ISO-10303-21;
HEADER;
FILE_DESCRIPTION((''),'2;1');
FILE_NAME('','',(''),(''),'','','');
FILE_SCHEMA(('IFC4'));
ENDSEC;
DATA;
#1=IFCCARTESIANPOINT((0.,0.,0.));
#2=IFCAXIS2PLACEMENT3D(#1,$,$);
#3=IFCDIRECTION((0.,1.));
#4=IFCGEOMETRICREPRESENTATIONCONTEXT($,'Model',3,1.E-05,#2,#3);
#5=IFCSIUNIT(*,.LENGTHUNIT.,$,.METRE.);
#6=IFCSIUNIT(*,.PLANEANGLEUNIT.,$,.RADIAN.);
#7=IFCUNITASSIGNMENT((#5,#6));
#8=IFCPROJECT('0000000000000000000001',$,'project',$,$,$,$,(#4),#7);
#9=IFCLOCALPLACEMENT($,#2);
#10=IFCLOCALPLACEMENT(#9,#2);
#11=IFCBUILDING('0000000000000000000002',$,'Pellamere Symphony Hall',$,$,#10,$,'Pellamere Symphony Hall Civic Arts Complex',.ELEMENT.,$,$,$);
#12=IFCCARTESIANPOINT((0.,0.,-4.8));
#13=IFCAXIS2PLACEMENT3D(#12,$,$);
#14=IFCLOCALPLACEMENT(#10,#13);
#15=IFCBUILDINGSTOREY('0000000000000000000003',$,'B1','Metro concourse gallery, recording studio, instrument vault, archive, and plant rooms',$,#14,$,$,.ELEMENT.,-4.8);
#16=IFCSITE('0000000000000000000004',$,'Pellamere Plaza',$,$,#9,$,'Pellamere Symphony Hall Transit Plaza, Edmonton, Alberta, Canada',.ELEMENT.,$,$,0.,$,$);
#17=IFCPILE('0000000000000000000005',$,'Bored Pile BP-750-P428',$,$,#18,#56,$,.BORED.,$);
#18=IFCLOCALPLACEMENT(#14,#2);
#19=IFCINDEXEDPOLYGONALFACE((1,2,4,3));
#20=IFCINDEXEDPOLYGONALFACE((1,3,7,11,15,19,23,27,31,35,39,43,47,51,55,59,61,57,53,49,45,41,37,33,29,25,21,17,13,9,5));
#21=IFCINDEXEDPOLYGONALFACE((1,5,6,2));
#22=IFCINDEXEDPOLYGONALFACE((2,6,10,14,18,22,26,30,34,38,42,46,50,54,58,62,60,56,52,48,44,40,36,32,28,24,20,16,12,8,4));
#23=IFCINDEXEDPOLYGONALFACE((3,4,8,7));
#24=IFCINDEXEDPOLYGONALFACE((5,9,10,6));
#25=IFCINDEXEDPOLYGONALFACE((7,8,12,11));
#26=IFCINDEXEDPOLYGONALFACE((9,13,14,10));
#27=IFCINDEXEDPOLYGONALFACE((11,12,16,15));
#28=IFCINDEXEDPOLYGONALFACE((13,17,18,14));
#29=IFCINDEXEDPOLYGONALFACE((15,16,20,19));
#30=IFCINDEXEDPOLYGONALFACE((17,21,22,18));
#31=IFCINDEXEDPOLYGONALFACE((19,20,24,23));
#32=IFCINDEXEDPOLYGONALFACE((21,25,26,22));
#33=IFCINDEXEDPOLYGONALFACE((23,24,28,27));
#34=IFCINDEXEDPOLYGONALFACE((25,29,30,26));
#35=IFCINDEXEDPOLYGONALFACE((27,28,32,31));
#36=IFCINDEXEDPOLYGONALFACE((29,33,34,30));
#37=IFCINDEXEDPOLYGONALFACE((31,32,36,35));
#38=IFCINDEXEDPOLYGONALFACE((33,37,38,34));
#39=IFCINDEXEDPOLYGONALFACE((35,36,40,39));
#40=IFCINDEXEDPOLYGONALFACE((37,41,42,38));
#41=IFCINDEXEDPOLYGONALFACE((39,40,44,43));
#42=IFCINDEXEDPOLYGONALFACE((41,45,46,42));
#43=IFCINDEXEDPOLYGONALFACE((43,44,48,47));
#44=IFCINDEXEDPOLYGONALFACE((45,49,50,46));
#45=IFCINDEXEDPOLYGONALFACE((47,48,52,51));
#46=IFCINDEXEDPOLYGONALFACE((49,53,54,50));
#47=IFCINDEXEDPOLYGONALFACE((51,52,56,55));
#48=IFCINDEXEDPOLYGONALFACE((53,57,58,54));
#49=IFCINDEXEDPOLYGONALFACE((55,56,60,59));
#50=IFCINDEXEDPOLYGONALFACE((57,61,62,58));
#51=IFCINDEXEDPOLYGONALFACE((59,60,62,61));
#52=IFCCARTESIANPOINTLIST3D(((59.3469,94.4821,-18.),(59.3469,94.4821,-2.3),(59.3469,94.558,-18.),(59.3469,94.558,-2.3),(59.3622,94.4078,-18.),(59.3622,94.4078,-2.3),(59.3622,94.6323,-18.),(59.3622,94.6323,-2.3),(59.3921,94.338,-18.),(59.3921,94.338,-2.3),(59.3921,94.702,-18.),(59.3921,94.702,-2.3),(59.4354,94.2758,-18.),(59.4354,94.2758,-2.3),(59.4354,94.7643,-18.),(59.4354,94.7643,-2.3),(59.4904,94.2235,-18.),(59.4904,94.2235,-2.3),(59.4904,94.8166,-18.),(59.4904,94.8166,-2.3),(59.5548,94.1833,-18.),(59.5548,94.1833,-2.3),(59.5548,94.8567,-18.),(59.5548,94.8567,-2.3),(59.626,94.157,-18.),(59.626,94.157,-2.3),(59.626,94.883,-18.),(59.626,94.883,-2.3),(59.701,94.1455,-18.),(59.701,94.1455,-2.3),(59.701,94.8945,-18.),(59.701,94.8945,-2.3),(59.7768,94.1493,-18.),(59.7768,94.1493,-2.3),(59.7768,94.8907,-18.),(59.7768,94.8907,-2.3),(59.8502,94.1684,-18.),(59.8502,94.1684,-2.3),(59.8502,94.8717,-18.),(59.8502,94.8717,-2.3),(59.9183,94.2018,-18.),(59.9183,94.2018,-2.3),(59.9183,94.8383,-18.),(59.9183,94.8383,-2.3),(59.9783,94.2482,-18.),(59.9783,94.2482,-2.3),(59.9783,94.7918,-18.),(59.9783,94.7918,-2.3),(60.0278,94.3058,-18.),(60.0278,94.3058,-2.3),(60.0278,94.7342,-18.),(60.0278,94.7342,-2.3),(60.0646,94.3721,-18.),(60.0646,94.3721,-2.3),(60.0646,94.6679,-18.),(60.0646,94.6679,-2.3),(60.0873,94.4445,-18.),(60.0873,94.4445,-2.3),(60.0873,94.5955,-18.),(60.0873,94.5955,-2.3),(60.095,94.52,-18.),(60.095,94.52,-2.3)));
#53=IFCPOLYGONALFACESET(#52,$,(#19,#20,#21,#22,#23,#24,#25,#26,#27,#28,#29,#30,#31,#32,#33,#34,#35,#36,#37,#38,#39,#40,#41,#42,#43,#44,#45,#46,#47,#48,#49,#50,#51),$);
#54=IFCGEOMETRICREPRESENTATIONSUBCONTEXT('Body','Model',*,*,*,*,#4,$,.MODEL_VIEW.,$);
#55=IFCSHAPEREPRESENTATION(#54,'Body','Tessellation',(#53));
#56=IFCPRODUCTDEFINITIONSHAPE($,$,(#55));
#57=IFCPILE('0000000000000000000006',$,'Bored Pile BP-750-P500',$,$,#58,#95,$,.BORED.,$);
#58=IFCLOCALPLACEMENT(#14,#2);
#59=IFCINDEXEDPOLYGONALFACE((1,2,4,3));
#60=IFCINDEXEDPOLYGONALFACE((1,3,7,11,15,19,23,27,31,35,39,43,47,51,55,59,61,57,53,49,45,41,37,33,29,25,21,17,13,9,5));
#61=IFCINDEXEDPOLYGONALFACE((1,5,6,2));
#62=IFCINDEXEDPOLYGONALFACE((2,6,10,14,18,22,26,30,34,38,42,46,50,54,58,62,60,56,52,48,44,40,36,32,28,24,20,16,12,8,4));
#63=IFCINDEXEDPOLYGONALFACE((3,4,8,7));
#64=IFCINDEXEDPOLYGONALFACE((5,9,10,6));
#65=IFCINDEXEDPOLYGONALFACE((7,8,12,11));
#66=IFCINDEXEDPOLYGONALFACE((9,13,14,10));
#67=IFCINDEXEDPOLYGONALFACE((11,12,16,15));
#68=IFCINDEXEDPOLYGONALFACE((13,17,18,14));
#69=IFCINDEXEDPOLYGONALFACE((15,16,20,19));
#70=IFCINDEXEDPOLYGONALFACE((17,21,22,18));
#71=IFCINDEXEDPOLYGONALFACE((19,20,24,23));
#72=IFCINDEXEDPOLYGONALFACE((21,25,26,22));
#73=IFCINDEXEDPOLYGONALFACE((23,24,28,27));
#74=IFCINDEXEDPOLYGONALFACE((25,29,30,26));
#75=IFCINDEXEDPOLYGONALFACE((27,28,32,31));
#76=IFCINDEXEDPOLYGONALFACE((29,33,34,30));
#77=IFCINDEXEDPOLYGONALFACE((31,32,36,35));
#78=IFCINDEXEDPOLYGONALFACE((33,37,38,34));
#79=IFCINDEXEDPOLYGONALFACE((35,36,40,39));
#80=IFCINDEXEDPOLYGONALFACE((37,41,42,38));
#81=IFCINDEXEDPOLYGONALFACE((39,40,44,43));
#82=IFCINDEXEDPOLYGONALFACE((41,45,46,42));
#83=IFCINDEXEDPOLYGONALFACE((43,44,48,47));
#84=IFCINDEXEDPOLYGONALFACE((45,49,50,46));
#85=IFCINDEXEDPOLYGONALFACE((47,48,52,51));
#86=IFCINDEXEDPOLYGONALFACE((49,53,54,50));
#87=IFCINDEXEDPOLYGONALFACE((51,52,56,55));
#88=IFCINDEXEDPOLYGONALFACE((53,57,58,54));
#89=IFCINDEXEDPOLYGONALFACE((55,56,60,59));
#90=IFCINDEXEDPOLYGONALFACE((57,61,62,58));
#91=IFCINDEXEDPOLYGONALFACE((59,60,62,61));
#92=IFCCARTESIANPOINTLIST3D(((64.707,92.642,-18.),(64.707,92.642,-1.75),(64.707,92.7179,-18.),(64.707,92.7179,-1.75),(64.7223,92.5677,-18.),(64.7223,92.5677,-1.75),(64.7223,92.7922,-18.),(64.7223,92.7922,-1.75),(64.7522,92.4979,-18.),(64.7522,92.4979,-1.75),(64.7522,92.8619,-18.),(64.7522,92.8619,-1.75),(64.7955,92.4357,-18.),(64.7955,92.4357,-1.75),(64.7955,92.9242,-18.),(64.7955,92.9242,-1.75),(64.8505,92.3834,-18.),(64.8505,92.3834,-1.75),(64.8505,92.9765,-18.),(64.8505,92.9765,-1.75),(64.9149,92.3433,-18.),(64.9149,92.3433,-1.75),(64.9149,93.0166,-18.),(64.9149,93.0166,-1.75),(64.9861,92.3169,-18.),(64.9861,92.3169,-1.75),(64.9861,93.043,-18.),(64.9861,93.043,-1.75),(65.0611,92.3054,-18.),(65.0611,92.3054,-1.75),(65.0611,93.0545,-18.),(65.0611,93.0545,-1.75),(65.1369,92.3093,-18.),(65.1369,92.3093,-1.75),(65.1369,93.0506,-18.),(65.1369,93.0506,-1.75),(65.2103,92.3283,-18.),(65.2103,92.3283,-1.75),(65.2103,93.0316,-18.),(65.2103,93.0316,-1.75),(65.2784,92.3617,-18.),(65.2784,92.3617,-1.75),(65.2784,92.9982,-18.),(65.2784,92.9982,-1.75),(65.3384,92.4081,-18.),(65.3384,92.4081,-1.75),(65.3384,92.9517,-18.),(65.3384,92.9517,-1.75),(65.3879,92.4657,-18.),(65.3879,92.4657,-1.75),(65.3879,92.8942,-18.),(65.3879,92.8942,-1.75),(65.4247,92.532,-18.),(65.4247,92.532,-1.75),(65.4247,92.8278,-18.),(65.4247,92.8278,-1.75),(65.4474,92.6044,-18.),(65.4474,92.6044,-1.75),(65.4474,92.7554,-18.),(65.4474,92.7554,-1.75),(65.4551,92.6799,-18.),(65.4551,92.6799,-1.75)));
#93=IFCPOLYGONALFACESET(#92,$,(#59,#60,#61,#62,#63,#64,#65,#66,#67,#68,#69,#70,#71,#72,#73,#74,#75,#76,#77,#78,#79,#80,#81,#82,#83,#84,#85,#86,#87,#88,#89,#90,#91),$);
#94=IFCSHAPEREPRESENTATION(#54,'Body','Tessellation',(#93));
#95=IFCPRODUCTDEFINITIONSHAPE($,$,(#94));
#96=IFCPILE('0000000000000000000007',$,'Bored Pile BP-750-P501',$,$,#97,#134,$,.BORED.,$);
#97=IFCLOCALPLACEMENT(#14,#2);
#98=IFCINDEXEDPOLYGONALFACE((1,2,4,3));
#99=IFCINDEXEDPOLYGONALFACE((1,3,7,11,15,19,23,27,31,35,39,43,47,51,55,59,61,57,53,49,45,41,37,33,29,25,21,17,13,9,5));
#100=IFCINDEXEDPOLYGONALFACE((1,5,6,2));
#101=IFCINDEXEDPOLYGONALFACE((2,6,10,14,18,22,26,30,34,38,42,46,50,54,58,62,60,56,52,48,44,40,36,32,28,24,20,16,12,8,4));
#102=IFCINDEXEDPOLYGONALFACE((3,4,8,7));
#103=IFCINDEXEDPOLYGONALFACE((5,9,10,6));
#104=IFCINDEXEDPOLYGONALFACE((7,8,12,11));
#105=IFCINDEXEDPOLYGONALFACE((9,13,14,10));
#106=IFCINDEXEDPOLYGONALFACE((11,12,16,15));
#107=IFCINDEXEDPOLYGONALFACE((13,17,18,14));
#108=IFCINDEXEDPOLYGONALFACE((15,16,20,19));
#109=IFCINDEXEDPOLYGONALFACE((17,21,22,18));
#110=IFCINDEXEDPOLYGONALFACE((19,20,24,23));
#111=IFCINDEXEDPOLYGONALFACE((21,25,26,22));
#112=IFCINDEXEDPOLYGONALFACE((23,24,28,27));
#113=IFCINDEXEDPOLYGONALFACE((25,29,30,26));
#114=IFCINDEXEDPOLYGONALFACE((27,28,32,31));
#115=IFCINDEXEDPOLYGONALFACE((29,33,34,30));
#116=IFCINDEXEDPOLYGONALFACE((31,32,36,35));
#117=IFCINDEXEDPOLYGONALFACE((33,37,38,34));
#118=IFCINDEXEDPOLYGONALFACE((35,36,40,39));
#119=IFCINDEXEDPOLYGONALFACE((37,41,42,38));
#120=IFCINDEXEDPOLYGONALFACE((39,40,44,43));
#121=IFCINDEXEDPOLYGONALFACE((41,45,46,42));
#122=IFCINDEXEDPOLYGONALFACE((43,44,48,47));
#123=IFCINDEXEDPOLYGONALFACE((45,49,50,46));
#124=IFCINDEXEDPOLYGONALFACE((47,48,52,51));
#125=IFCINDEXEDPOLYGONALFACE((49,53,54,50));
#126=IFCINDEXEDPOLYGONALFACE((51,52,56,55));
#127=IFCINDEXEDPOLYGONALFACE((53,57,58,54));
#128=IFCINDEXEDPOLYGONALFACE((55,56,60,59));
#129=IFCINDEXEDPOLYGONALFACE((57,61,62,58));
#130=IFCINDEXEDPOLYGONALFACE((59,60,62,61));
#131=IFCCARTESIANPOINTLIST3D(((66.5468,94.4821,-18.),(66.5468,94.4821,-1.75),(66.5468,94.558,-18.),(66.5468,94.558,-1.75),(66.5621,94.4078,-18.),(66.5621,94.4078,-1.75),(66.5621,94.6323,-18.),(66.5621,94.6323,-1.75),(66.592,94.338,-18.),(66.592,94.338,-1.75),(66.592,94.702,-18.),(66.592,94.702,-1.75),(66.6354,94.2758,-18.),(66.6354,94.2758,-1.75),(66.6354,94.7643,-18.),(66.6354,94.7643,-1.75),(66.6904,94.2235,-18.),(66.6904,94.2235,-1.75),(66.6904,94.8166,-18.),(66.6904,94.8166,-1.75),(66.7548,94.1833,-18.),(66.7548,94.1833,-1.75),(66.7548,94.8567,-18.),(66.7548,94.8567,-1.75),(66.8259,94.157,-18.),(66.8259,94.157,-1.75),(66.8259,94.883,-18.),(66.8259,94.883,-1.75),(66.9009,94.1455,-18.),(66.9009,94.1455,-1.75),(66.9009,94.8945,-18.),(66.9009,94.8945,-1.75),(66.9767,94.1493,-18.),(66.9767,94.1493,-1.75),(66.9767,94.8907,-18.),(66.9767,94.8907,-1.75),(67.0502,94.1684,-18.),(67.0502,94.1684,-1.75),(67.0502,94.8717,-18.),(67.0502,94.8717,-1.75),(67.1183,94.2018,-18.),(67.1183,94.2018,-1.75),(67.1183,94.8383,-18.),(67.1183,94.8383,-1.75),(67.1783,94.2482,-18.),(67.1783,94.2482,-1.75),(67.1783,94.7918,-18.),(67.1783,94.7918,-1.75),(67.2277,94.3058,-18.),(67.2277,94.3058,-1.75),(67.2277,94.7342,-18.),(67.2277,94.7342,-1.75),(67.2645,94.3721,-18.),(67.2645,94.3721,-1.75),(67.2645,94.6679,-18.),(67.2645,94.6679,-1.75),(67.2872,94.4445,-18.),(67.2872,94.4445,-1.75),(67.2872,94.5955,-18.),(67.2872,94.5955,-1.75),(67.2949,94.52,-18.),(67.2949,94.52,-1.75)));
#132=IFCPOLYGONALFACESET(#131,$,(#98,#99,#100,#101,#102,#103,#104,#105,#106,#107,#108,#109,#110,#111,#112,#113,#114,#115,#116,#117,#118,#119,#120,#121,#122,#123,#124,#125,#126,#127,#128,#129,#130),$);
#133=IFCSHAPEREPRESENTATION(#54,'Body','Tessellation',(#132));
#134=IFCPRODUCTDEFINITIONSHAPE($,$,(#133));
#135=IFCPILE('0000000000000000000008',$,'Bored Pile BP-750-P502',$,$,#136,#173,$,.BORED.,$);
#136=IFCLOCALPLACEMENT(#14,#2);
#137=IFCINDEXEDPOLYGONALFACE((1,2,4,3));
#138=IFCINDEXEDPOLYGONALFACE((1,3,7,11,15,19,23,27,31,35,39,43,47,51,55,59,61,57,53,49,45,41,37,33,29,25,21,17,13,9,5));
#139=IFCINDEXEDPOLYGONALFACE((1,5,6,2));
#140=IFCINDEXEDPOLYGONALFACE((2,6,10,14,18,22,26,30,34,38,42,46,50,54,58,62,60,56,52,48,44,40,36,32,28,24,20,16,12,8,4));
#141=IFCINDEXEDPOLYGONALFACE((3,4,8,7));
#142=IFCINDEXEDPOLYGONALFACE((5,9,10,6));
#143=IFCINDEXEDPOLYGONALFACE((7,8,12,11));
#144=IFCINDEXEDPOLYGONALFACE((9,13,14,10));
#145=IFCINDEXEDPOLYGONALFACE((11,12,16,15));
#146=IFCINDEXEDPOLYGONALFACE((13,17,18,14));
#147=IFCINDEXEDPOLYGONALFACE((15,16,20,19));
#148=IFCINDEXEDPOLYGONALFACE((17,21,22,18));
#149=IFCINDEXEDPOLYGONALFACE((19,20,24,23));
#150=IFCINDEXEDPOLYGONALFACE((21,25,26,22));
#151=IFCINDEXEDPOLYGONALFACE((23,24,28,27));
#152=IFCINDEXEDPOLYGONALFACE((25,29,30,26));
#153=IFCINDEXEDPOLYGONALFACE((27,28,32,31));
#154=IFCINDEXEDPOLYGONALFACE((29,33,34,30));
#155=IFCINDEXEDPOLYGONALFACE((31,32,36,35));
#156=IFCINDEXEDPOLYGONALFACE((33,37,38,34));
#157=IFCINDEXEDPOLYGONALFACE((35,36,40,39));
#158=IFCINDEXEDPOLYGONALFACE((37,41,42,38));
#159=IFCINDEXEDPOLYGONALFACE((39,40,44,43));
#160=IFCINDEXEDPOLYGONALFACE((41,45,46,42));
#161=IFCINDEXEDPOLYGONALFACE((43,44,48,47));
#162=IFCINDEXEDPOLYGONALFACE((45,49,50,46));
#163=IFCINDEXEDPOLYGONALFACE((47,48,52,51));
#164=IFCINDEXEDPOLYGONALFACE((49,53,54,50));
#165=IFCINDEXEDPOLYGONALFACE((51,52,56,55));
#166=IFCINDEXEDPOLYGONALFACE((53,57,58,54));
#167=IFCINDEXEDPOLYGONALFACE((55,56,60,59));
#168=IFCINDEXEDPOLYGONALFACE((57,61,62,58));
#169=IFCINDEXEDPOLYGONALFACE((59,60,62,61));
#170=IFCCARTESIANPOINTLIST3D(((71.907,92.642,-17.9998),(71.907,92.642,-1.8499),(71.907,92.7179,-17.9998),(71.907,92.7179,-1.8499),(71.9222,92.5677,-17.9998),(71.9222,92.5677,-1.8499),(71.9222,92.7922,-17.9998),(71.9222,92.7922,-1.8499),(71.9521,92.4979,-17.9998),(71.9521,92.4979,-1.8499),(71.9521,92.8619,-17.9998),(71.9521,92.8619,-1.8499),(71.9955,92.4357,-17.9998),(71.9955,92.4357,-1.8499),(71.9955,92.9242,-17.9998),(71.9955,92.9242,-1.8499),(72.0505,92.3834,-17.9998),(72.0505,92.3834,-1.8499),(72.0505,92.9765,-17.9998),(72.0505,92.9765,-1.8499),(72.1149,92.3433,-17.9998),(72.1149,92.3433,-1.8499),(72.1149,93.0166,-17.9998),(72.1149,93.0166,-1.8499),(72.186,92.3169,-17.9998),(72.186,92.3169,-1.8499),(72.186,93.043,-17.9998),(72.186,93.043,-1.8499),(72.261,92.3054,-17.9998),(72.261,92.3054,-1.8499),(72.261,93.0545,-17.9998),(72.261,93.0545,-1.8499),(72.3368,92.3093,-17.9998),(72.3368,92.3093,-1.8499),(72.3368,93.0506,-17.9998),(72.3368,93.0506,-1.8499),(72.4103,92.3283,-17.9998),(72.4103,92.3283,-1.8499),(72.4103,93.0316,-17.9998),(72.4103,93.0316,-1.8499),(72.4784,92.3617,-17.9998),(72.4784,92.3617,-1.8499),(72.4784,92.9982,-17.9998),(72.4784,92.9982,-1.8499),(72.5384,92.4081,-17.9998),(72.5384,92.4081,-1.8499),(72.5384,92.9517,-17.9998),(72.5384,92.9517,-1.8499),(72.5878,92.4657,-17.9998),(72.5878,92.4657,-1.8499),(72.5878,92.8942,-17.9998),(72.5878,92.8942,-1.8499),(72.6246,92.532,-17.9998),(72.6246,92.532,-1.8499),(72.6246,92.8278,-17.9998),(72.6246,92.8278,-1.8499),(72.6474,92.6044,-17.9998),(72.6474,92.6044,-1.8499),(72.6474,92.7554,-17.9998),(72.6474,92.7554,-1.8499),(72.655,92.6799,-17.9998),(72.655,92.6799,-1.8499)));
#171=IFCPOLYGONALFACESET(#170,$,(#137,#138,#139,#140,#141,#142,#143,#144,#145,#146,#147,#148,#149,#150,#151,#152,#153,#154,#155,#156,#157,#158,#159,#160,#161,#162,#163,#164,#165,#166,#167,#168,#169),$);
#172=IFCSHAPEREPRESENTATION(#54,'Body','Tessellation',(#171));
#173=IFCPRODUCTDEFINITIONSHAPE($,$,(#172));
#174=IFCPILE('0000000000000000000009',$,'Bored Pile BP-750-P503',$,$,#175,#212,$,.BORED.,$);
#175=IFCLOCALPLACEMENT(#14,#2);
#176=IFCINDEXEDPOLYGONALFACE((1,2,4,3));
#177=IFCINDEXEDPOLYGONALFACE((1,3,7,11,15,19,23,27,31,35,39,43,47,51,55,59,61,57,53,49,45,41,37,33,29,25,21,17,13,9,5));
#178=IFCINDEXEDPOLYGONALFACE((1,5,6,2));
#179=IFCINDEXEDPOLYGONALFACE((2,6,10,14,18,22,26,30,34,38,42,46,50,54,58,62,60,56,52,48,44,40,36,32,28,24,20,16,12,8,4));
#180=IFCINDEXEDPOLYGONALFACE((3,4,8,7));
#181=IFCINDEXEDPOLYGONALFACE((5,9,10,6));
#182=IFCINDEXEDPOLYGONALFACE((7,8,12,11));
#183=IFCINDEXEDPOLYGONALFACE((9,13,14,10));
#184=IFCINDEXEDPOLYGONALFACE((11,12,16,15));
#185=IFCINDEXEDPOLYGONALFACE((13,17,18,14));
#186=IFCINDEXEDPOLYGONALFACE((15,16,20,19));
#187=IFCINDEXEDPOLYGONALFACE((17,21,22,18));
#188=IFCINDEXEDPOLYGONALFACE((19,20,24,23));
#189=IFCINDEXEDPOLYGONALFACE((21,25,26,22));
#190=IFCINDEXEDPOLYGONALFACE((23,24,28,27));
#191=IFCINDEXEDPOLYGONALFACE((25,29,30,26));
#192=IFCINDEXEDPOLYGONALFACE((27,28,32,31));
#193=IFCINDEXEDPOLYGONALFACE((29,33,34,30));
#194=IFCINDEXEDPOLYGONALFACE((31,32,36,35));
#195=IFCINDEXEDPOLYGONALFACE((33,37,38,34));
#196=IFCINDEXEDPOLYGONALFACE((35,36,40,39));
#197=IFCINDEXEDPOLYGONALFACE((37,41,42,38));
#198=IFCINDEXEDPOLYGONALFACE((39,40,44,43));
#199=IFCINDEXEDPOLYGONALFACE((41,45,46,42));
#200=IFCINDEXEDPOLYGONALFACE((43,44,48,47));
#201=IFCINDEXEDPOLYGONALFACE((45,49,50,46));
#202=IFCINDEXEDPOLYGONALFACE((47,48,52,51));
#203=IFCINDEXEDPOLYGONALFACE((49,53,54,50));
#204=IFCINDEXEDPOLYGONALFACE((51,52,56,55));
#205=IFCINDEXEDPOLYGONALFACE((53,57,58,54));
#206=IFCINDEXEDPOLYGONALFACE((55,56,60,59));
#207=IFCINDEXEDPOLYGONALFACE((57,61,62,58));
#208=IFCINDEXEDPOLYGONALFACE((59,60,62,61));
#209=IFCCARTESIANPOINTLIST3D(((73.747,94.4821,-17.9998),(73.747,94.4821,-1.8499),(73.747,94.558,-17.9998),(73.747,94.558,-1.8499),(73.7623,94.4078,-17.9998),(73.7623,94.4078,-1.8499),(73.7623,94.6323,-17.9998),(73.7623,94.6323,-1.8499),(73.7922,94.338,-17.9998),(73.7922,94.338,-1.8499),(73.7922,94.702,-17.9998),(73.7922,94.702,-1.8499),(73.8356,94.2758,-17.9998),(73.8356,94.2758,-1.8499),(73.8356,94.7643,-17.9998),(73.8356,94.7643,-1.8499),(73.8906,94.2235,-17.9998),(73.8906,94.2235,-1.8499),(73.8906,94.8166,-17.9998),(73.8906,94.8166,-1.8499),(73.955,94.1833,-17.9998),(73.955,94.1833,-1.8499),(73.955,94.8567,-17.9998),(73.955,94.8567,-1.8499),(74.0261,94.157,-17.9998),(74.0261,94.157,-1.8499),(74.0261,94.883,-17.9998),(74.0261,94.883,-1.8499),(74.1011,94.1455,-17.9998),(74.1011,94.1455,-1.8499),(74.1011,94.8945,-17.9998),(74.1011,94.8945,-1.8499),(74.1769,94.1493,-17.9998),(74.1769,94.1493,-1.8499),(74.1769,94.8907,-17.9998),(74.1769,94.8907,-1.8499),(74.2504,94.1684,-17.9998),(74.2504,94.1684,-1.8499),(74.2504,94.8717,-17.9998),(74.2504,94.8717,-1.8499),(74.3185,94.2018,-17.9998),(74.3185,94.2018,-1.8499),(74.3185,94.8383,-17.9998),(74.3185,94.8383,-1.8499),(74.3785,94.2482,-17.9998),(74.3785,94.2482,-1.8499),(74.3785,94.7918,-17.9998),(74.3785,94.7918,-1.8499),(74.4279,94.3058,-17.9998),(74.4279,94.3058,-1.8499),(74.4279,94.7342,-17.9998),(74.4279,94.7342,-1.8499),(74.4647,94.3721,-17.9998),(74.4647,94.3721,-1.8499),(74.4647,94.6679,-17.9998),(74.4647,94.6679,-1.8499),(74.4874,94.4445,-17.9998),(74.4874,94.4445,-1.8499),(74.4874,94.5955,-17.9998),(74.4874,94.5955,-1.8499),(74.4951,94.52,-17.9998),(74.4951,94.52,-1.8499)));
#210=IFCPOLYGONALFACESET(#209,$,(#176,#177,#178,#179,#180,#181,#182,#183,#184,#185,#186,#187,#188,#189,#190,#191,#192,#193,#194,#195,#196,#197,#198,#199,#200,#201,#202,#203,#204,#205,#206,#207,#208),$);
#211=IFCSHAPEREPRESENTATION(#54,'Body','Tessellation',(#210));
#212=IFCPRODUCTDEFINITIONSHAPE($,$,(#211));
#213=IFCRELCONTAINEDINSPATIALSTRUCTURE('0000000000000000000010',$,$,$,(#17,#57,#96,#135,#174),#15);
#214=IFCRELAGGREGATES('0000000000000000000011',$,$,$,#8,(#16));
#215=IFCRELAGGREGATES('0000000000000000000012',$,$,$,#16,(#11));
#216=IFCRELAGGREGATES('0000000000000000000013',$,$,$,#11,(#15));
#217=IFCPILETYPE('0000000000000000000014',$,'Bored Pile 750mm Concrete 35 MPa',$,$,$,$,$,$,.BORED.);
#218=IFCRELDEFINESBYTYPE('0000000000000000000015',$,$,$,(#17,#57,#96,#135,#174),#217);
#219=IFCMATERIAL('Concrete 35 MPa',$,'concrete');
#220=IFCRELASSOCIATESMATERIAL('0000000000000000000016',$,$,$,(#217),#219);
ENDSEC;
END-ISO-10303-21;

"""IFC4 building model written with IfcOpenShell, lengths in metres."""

from ifc_helpers import new_model, si_unit, direction, frame, origin, origin_2d, place, context, subcontext, project, spatial, circle, extrude, material, material_profile, profile_set, type_object, element, save


model = new_model("IFC4")

# Units and contexts
model_context = context("Model", 3, precision=1e-05, world=origin(), true_north=direction((0.0, 1.0)))
body_context = subcontext(model_context, "Body", "Model", "MODEL_VIEW")
ifc_project = project(units=[si_unit("LENGTHUNIT", "METRE"), si_unit("PLANEANGLEUNIT", "RADIAN")], contexts=[model_context])

# Site, building, storey
site_placement = place(None, origin())
site = spatial("IfcSite", under=ifc_project, at=site_placement, Name="Pellamere Plaza", LongName="Pellamere Symphony Hall Transit Plaza, Edmonton, Alberta, Canada", CompositionType="ELEMENT", RefElevation=0.0)
building_placement = place(site_placement, origin())
building = spatial("IfcBuilding", under=site, at=building_placement, Name="Pellamere Symphony Hall", LongName="Pellamere Symphony Hall Civic Arts Complex", CompositionType="ELEMENT")
storey_placement = place(building_placement, frame((0.0, 0.0, -4.8)))
storey = spatial("IfcBuildingStorey", under=building, at=storey_placement, Name="B1", Description="Metro concourse gallery, recording studio, instrument vault, archive, and plant rooms", CompositionType="ELEMENT", Elevation=-4.8)

# Piles
ifc_material_1 = material(Name="Concrete 35 MPa", Category="concrete")
ifc_material_profile_1 = material_profile(ifc_material_1, circle(Radius=0.375, at=origin_2d()), Name="PILE D750")
ifc_profile_set_1 = profile_set([ifc_material_profile_1], Name="Concrete 35 MPa")
pile_type = type_object("IfcPileType", Name="Bored Pile 750mm Concrete 35 MPa", PredefinedType="BORED", material=ifc_profile_set_1)
pile_1_placement = place(storey_placement, frame((59.72, 94.52, -2.3), z_axis=(0.0, 0.0, -1.0), x_axis=(1.0, 0.0, 0.0)))
element("IfcPile", 1, at=pile_1_placement, inside=storey, type_object=pile_type, Name="Bored Pile BP-750-P428", PredefinedType="BORED", context=body_context, shape_type="SweptSolid", body=[
    extrude(circle(Radius=0.375, at=origin_2d()), origin(), (0.0, 0.0, 1.0), 15.7),
])
for number, where, z_axis, x_axis, name in (
    (2, (65.0801, 92.6799, -1.75), (0.0, 0.0, -1.0), (1.0, 0.0, 0.0), "Bored Pile BP-750-P500"),
    (3, (66.9199, 94.52, -1.75), (0.0, 0.0, -1.0), (1.0, 0.0, 0.0), "Bored Pile BP-750-P501"),
):
    element("IfcPile", number, at=place(storey_placement, frame(where, z_axis=z_axis, x_axis=x_axis)), inside=storey, type_object=pile_type, Name=name, PredefinedType="BORED", context=body_context, shape_type="SweptSolid", body=[
        extrude(circle(Radius=0.375, at=origin_2d()), origin(), (0.0, 0.0, 1.0), 16.25),
    ])
for number, where, z_axis, x_axis, name in (
    (4, (72.28, 92.6799, -1.8499), (0.0, 0.0, -1.0), (1.0, 0.0, 0.0), "Bored Pile BP-750-P502"),
    (5, (74.1201, 94.52, -1.8499), (0.0, 0.0, -1.0), (1.0, 0.0, 0.0), "Bored Pile BP-750-P503"),
):
    element("IfcPile", number, at=place(storey_placement, frame(where, z_axis=z_axis, x_axis=x_axis)), inside=storey, type_object=pile_type, Name=name, PredefinedType="BORED", context=body_context, shape_type="SweptSolid", body=[
        extrude(circle(Radius=0.375, at=origin_2d()), origin(), (0.0, 0.0, 1.0), 16.1499),
    ])

save(model, "model.ifc")
